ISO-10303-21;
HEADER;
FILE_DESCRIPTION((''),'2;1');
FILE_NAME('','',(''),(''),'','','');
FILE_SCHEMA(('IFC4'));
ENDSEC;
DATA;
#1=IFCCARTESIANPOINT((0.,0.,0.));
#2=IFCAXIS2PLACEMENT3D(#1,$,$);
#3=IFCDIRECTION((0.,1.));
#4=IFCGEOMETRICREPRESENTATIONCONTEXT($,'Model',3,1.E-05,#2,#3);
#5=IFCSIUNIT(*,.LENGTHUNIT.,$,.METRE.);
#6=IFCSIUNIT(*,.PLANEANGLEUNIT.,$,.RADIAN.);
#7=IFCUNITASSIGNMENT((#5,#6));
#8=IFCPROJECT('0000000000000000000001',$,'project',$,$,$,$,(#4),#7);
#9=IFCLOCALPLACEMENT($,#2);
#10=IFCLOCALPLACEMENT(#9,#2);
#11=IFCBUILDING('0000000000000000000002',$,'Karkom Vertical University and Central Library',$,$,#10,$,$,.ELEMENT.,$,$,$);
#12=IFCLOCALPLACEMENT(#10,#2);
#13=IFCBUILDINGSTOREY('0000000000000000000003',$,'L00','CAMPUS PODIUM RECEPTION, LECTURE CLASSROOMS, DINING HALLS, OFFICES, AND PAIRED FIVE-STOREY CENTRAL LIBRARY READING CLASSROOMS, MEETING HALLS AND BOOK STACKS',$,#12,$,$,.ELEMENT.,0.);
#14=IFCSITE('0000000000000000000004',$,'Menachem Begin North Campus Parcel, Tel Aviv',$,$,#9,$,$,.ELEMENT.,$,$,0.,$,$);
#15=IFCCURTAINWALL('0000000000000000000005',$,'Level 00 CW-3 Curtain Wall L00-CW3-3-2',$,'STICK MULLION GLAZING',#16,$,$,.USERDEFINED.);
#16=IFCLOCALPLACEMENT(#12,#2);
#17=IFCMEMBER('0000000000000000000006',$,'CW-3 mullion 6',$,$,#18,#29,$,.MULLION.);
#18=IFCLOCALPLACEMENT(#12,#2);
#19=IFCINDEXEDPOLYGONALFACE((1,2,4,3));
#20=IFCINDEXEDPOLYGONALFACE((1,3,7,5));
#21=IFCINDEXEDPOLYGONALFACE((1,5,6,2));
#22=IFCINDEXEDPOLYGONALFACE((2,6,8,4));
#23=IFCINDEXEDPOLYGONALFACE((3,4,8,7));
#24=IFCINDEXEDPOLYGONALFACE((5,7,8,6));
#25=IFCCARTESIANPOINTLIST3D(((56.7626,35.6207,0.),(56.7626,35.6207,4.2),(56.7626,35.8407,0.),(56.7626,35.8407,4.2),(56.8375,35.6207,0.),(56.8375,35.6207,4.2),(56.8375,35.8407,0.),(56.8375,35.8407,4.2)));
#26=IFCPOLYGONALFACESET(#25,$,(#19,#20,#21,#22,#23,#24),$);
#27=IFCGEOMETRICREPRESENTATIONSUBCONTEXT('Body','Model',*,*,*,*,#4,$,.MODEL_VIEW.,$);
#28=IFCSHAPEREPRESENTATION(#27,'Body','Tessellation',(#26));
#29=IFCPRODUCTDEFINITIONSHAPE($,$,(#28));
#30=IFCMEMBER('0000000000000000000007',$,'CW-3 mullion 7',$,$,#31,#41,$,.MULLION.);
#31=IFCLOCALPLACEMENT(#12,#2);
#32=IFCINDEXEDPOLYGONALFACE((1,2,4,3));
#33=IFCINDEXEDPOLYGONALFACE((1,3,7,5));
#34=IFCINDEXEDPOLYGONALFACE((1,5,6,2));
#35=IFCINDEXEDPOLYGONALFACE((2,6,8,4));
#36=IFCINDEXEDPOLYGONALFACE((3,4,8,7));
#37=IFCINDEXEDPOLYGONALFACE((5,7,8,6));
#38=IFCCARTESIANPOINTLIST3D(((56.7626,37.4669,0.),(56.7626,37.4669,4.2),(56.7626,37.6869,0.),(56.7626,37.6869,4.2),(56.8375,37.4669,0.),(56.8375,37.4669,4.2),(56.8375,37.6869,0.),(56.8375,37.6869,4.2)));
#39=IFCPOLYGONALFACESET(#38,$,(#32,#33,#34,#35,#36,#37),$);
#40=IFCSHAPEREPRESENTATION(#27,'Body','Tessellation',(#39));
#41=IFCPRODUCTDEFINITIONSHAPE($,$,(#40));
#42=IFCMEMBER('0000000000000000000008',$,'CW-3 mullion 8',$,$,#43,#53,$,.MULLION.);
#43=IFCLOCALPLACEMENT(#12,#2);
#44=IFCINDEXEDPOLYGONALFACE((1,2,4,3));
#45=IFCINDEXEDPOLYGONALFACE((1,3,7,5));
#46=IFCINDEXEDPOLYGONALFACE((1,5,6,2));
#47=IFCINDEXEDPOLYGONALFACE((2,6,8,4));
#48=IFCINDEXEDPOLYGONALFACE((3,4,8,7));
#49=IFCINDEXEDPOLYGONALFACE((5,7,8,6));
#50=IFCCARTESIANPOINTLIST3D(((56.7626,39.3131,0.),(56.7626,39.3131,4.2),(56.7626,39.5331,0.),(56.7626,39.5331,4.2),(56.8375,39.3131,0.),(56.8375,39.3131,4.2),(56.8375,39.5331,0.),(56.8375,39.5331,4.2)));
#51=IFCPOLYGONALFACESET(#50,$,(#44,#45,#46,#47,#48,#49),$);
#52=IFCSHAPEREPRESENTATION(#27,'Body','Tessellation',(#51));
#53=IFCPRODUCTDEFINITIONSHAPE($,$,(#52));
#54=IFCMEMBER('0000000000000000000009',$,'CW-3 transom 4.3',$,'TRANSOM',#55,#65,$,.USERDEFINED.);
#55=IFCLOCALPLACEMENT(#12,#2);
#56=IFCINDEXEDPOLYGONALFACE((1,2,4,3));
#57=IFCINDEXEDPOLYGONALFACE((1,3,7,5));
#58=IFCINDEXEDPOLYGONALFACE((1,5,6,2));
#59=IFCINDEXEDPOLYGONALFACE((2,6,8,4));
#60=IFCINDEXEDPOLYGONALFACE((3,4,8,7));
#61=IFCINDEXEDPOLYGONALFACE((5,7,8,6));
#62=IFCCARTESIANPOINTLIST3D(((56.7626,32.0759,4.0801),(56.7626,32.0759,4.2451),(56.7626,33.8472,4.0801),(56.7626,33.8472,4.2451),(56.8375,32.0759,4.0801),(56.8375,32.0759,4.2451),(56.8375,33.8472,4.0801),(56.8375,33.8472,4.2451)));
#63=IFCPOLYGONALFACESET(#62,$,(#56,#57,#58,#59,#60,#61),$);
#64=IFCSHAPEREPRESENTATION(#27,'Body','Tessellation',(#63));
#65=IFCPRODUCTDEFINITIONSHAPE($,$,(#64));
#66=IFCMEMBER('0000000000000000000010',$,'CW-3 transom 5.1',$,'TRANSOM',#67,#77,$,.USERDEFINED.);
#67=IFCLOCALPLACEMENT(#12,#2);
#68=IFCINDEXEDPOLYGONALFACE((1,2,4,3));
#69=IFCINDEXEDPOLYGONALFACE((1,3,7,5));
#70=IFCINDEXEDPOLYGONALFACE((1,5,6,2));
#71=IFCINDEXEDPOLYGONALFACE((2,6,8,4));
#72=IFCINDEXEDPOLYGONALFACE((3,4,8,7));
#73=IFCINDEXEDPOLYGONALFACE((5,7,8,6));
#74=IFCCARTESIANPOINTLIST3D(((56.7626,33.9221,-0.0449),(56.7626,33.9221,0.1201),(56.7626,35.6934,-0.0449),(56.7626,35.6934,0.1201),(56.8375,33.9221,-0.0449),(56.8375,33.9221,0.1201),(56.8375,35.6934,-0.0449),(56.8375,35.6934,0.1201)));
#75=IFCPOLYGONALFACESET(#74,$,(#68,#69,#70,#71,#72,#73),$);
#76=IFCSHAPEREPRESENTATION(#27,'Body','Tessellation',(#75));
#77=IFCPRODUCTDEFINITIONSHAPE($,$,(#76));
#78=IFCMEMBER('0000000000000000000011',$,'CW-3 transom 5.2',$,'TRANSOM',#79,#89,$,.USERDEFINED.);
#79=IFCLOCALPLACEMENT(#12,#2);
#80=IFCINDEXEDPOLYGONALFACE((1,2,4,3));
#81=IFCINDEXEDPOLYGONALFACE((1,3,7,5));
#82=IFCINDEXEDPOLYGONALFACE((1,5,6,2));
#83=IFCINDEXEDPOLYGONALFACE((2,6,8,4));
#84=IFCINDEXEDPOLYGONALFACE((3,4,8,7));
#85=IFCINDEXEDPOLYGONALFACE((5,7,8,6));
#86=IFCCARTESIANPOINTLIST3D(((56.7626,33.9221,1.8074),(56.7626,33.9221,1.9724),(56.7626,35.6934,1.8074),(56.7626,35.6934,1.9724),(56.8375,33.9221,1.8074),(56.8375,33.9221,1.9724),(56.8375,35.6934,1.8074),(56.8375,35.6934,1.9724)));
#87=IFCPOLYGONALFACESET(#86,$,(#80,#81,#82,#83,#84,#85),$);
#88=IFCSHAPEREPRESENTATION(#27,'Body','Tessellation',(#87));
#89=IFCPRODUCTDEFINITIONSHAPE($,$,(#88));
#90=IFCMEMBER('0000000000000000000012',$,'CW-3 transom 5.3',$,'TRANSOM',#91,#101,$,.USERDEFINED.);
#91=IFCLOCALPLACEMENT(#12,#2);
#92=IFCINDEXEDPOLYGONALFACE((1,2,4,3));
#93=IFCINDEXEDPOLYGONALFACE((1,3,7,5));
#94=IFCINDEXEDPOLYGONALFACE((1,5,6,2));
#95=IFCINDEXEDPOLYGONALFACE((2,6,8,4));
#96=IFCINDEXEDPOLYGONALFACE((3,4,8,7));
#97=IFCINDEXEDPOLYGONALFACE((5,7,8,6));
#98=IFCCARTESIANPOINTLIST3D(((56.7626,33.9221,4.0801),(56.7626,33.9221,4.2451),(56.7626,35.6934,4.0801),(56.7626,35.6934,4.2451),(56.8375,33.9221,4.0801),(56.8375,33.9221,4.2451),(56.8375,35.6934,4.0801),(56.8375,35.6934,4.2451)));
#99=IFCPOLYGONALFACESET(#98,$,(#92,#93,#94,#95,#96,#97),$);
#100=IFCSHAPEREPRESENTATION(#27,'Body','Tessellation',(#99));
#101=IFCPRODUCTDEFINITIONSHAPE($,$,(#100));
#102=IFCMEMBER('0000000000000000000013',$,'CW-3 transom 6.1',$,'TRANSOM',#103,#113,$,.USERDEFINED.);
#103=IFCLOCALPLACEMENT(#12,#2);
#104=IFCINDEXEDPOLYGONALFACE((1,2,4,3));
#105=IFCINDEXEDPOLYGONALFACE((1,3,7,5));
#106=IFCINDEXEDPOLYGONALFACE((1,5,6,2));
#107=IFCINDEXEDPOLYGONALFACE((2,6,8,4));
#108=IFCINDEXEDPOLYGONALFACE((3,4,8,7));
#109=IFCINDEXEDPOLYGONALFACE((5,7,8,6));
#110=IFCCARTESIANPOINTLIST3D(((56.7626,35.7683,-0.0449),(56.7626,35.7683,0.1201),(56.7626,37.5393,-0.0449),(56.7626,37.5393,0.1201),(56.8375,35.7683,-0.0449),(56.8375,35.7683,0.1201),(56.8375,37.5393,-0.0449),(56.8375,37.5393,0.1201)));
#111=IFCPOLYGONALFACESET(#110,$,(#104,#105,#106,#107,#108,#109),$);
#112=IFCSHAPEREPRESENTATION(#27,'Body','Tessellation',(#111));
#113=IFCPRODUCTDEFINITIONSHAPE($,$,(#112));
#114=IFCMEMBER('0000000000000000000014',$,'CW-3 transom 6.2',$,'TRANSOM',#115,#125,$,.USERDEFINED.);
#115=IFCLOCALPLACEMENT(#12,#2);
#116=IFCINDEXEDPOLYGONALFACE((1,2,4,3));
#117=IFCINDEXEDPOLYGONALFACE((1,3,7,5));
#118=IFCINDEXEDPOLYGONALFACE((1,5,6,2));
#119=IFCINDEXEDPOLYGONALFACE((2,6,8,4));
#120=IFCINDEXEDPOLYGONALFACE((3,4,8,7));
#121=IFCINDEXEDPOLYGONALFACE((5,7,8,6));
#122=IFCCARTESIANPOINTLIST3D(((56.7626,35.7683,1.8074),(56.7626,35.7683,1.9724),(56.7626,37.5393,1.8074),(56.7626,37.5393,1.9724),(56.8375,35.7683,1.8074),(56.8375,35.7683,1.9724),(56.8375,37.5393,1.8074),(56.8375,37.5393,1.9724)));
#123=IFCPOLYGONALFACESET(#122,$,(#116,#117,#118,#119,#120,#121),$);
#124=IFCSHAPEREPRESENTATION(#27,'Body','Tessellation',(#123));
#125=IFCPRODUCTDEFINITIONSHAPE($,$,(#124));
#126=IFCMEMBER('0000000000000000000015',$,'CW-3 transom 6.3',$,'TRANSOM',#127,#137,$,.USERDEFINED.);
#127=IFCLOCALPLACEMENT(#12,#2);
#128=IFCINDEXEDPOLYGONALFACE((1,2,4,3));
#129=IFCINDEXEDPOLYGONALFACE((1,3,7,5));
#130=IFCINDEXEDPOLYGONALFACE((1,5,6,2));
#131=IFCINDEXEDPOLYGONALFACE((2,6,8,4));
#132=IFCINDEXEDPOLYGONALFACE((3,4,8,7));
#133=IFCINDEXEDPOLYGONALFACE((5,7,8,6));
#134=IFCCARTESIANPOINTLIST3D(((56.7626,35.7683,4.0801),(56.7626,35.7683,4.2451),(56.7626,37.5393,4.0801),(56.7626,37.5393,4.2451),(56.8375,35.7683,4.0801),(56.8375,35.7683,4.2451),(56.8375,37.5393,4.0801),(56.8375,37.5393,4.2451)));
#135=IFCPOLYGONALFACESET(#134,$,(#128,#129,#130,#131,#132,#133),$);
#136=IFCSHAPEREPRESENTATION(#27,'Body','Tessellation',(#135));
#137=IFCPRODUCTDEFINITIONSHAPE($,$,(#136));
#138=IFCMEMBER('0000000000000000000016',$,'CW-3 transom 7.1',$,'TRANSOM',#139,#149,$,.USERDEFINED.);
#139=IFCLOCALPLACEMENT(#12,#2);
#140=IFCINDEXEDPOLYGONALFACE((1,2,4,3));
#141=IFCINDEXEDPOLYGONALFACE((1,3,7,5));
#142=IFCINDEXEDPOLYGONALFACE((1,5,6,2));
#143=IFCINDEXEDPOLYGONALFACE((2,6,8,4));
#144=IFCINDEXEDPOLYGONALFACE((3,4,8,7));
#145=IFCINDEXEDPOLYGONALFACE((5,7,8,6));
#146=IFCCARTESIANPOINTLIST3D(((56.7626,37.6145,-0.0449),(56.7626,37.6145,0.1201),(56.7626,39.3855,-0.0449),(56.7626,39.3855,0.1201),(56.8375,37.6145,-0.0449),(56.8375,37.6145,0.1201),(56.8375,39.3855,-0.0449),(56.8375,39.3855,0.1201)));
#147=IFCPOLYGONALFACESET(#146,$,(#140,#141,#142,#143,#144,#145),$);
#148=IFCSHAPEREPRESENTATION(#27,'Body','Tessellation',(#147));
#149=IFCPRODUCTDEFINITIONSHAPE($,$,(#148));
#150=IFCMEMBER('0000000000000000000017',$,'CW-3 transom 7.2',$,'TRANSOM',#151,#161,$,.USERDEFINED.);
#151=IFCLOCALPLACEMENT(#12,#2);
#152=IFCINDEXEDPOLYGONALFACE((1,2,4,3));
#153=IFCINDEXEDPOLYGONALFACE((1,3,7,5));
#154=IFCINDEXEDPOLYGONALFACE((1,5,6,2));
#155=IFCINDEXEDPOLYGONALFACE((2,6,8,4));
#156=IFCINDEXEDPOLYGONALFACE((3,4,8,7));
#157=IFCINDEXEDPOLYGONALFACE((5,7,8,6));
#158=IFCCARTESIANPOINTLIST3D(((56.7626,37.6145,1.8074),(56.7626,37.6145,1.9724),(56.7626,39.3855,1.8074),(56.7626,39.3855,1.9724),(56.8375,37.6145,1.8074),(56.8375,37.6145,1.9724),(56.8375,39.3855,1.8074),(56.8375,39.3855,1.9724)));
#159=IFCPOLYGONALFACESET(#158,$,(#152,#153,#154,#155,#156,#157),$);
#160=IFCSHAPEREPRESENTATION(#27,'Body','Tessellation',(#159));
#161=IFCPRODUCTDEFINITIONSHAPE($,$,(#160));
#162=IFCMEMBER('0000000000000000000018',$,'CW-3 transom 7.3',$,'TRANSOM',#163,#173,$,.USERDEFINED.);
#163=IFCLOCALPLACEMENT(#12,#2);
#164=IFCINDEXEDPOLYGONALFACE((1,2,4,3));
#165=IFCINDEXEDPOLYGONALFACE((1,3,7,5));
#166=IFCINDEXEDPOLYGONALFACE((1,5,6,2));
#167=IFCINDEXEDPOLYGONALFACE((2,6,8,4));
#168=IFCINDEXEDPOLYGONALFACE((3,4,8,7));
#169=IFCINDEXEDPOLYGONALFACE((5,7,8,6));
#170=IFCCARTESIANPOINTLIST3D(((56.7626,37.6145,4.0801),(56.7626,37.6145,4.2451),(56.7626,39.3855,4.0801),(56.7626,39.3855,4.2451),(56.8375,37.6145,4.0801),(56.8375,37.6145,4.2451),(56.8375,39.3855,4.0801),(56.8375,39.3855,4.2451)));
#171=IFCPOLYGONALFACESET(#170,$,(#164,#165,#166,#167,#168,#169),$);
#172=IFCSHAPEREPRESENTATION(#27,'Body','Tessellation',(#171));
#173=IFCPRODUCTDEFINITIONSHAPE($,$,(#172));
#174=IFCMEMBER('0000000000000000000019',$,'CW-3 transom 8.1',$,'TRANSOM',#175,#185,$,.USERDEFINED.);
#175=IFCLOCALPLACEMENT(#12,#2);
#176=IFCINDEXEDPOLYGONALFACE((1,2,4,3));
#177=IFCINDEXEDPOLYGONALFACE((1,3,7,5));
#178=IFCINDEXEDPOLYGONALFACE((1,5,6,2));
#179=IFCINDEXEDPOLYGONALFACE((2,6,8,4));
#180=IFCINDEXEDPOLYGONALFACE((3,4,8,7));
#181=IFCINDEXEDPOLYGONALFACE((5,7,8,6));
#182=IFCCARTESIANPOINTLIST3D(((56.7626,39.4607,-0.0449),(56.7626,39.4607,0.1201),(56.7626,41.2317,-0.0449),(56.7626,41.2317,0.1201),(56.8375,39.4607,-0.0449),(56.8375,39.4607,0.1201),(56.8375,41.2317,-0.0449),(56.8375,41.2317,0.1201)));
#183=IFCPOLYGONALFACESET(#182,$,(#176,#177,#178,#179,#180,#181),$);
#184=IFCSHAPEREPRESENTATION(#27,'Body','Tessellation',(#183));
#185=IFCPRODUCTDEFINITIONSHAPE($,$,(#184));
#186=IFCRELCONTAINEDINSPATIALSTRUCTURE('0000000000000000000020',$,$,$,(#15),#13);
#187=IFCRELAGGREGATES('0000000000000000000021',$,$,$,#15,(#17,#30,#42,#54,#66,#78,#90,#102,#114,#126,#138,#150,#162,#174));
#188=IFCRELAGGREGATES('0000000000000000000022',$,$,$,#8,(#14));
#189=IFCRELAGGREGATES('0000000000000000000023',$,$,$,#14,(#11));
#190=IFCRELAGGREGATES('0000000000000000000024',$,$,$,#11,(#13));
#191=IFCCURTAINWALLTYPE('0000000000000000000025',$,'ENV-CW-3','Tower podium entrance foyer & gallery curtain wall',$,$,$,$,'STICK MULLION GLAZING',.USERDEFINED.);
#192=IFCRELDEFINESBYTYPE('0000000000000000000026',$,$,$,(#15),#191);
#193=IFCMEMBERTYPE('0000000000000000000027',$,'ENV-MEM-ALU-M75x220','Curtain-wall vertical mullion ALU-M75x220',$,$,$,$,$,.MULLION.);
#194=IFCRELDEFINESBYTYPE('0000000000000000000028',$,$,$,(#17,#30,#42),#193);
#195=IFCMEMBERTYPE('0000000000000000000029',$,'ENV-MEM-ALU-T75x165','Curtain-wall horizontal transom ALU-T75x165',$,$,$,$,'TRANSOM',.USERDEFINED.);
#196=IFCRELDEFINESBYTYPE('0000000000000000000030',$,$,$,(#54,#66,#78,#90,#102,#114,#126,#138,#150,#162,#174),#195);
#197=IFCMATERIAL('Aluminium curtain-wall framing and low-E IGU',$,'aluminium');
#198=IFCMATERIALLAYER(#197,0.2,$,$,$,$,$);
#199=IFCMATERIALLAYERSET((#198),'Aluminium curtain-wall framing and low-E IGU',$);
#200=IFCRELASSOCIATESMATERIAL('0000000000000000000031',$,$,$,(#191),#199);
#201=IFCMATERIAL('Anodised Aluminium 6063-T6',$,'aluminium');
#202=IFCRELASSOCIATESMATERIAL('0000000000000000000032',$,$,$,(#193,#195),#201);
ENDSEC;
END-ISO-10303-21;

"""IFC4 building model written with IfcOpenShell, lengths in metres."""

from ifc_helpers import new_model, si_unit, direction, frame, origin, origin_with_axes, origin_2d, place, context, subcontext, project, spatial, rectangle, extrude, source, transform, mapped, material, layer, layer_set, material_profile, profile_set, type_object, element, aggregate, save


model = new_model("IFC4")

# Units and contexts
model_context = context("Model", 3, precision=1e-05, world=origin(), true_north=direction((0.0, 1.0)))
body_context = subcontext(model_context, "Body", "Model", "MODEL_VIEW")
ifc_project = project(units=[si_unit("LENGTHUNIT", "METRE"), si_unit("PLANEANGLEUNIT", "RADIAN")], contexts=[model_context])

# Site, building, storey
site_placement = place(None, origin())
site = spatial("IfcSite", under=ifc_project, at=site_placement, Name="Menachem Begin North Campus Parcel, Tel Aviv", CompositionType="ELEMENT", RefElevation=0.0)
building_placement = place(site_placement, origin())
building = spatial("IfcBuilding", under=site, at=building_placement, Name="Karkom Vertical University and Central Library", CompositionType="ELEMENT")
storey_placement = place(building_placement, origin())
storey = spatial("IfcBuildingStorey", under=building, at=storey_placement, Name="L00", Description="CAMPUS PODIUM RECEPTION, LECTURE CLASSROOMS, DINING HALLS, OFFICES, AND PAIRED FIVE-STOREY CENTRAL LIBRARY READING CLASSROOMS, MEETING HALLS AND BOOK STACKS", CompositionType="ELEMENT", Elevation=0.0)

# Curtain wall, members
ifc_material_1 = material(Name="Aluminium curtain-wall framing and low-E IGU", Category="aluminium")
ifc_layer_1 = layer(ifc_material_1, 0.2)
ifc_layer_set_1 = layer_set([ifc_layer_1], Name="Aluminium curtain-wall framing and low-E IGU")
curtain_wall_type = type_object("IfcCurtainWallType", Name="ENV-CW-3", Description="Tower podium entrance foyer & gallery curtain wall", ElementType="STICK MULLION GLAZING", PredefinedType="USERDEFINED", material=ifc_layer_set_1)
curtain_wall_placement = place(storey_placement, origin())
curtain_wall = element("IfcCurtainWall", 1, at=curtain_wall_placement, inside=storey, type_object=curtain_wall_type, Name="Level 00 CW-3 Curtain Wall L00-CW3-3-2", ObjectType="STICK MULLION GLAZING", PredefinedType="USERDEFINED")
ifc_material_2 = material(Name="Anodised Aluminium 6063-T6", Category="aluminium")
ifc_material_profile_1 = material_profile(ifc_material_2, rectangle(XDim=0.075, YDim=0.22, at=origin_2d()), Name="ALU-M75x220")
ifc_profile_set_1 = profile_set([ifc_material_profile_1], Name="Anodised Aluminium 6063-T6")
member_type_1 = type_object("IfcMemberType", Name="ENV-MEM-ALU-M75x220", Description="Curtain-wall vertical mullion ALU-M75x220", PredefinedType="MULLION", material=ifc_profile_set_1)
shared_shape_1 = source(origin_with_axes(), body_context, "Body", "SweptSolid", [
    extrude(rectangle(XDim=0.075, YDim=0.22, at=origin_2d()), origin(), (0.0, 0.0, 1.0), 4.2),
])
member_1_placement = place(storey_placement, frame((56.8, 35.7307, 0.0), z_axis=(0.0, 0.0, 1.0), x_axis=(-1.0, 0.0, 0.0)))
member_1 = element("IfcMember", 2, at=member_1_placement, type_object=member_type_1, Name="CW-3 mullion 6", PredefinedType="MULLION", context=body_context, shape_type="MappedRepresentation", body=[
    mapped(shared_shape_1, transform((0.0, 0.0, 0.0), scale=1.0)),
])
member_2_placement = place(storey_placement, frame((56.8, 37.5769, 0.0), z_axis=(0.0, 0.0, 1.0), x_axis=(-1.0, 0.0, 0.0)))
member_2 = element("IfcMember", 3, at=member_2_placement, type_object=member_type_1, Name="CW-3 mullion 7", PredefinedType="MULLION", context=body_context, shape_type="MappedRepresentation", body=[
    mapped(shared_shape_1, transform((0.0, 0.0, 0.0), scale=1.0)),
])
member_3_placement = place(storey_placement, frame((56.8, 39.4231, 0.0), z_axis=(0.0, 0.0, 1.0), x_axis=(-1.0, 0.0, 0.0)))
member_3 = element("IfcMember", 4, at=member_3_placement, type_object=member_type_1, Name="CW-3 mullion 8", PredefinedType="MULLION", context=body_context, shape_type="MappedRepresentation", body=[
    mapped(shared_shape_1, transform((0.0, 0.0, 0.0), scale=1.0)),
])
ifc_material_profile_2 = material_profile(ifc_material_2, rectangle(XDim=0.075, YDim=0.165, at=origin_2d()), Name="ALU-T75x165")
ifc_profile_set_2 = profile_set([ifc_material_profile_2], Name="Anodised Aluminium 6063-T6")
member_type_2 = type_object("IfcMemberType", Name="ENV-MEM-ALU-T75x165", Description="Curtain-wall horizontal transom ALU-T75x165", ElementType="TRANSOM", PredefinedType="USERDEFINED", material=ifc_profile_set_2)
shared_shape_2 = source(origin_with_axes(), body_context, "Body", "SweptSolid", [
    extrude(rectangle(XDim=0.075, YDim=0.165, at=origin_2d()), origin(), (0.0, 0.0, 1.0), 1.7712),
])
member_4_placement = place(storey_placement, frame((56.8, 32.0759, 4.1626), z_axis=(0.0, 1.0, 0.0), x_axis=(-1.0, 0.0, 0.0)))
member_4 = element("IfcMember", 5, at=member_4_placement, type_object=member_type_2, Name="CW-3 transom 4.3", ObjectType="TRANSOM", PredefinedType="USERDEFINED", context=body_context, shape_type="MappedRepresentation", body=[
    mapped(shared_shape_2, transform((0.0, 0.0, 0.0), scale=1.0)),
])
member_5_placement = place(storey_placement, frame((56.8, 33.9221, 0.0376), z_axis=(0.0, 1.0, 0.0), x_axis=(-1.0, 0.0, 0.0)))
member_5 = element("IfcMember", 6, at=member_5_placement, type_object=member_type_2, Name="CW-3 transom 5.1", ObjectType="TRANSOM", PredefinedType="USERDEFINED", context=body_context, shape_type="MappedRepresentation", body=[
    mapped(shared_shape_2, transform((0.0, 0.0, 0.0), scale=1.0)),
])
member_6_placement = place(storey_placement, frame((56.8, 33.9221, 1.8899), z_axis=(0.0, 1.0, 0.0), x_axis=(-1.0, 0.0, 0.0)))
member_6 = element("IfcMember", 7, at=member_6_placement, type_object=member_type_2, Name="CW-3 transom 5.2", ObjectType="TRANSOM", PredefinedType="USERDEFINED", context=body_context, shape_type="MappedRepresentation", body=[
    mapped(shared_shape_2, transform((0.0, 0.0, 0.0), scale=1.0)),
])
member_7_placement = place(storey_placement, frame((56.8, 33.9221, 4.1626), z_axis=(0.0, 1.0, 0.0), x_axis=(-1.0, 0.0, 0.0)))
member_7 = element("IfcMember", 8, at=member_7_placement, type_object=member_type_2, Name="CW-3 transom 5.3", ObjectType="TRANSOM", PredefinedType="USERDEFINED", context=body_context, shape_type="MappedRepresentation", body=[
    mapped(shared_shape_2, transform((0.0, 0.0, 0.0), scale=1.0)),
])
shared_shape_3 = source(origin_with_axes(), body_context, "Body", "SweptSolid", [
    extrude(rectangle(XDim=0.075, YDim=0.165, at=origin_2d()), origin(), (0.0, 0.0, 1.0), 1.771),
])
member_8_placement = place(storey_placement, frame((56.8, 35.7683, 0.0376), z_axis=(0.0, 1.0, 0.0), x_axis=(-1.0, 0.0, 0.0)))
member_8 = element("IfcMember", 9, at=member_8_placement, type_object=member_type_2, Name="CW-3 transom 6.1", ObjectType="TRANSOM", PredefinedType="USERDEFINED", context=body_context, shape_type="MappedRepresentation", body=[
    mapped(shared_shape_3, transform((0.0, 0.0, 0.0), scale=1.0)),
])
member_9_placement = place(storey_placement, frame((56.8, 35.7683, 1.8899), z_axis=(0.0, 1.0, 0.0), x_axis=(-1.0, 0.0, 0.0)))
member_9 = element("IfcMember", 10, at=member_9_placement, type_object=member_type_2, Name="CW-3 transom 6.2", ObjectType="TRANSOM", PredefinedType="USERDEFINED", context=body_context, shape_type="MappedRepresentation", body=[
    mapped(shared_shape_3, transform((0.0, 0.0, 0.0), scale=1.0)),
])
member_10_placement = place(storey_placement, frame((56.8, 35.7683, 4.1626), z_axis=(0.0, 1.0, 0.0), x_axis=(-1.0, 0.0, 0.0)))
member_10 = element("IfcMember", 11, at=member_10_placement, type_object=member_type_2, Name="CW-3 transom 6.3", ObjectType="TRANSOM", PredefinedType="USERDEFINED", context=body_context, shape_type="MappedRepresentation", body=[
    mapped(shared_shape_3, transform((0.0, 0.0, 0.0), scale=1.0)),
])
member_11_placement = place(storey_placement, frame((56.8, 37.6145, 0.0376), z_axis=(0.0, 1.0, 0.0), x_axis=(-1.0, 0.0, 0.0)))
member_11 = element("IfcMember", 12, at=member_11_placement, type_object=member_type_2, Name="CW-3 transom 7.1", ObjectType="TRANSOM", PredefinedType="USERDEFINED", context=body_context, shape_type="MappedRepresentation", body=[
    mapped(shared_shape_3, transform((0.0, 0.0, 0.0), scale=1.0)),
])
member_12_placement = place(storey_placement, frame((56.8, 37.6145, 1.8899), z_axis=(0.0, 1.0, 0.0), x_axis=(-1.0, 0.0, 0.0)))
member_12 = element("IfcMember", 13, at=member_12_placement, type_object=member_type_2, Name="CW-3 transom 7.2", ObjectType="TRANSOM", PredefinedType="USERDEFINED", context=body_context, shape_type="MappedRepresentation", body=[
    mapped(shared_shape_3, transform((0.0, 0.0, 0.0), scale=1.0)),
])
member_13_placement = place(storey_placement, frame((56.8, 37.6145, 4.1626), z_axis=(0.0, 1.0, 0.0), x_axis=(-1.0, 0.0, 0.0)))
member_13 = element("IfcMember", 14, at=member_13_placement, type_object=member_type_2, Name="CW-3 transom 7.3", ObjectType="TRANSOM", PredefinedType="USERDEFINED", context=body_context, shape_type="MappedRepresentation", body=[
    mapped(shared_shape_3, transform((0.0, 0.0, 0.0), scale=1.0)),
])
member_14_placement = place(storey_placement, frame((56.8, 39.4607, 0.0376), z_axis=(0.0, 1.0, 0.0), x_axis=(-1.0, 0.0, 0.0)))
member_14 = element("IfcMember", 15, at=member_14_placement, type_object=member_type_2, Name="CW-3 transom 8.1", ObjectType="TRANSOM", PredefinedType="USERDEFINED", context=body_context, shape_type="MappedRepresentation", body=[
    mapped(shared_shape_3, transform((0.0, 0.0, 0.0), scale=1.0)),
])
aggregate(curtain_wall, [member_1, member_2, member_3, member_4, member_5, member_6, member_7, member_8, member_9, member_10, member_11, member_12, member_13, member_14])

save(model, "model.ifc")
